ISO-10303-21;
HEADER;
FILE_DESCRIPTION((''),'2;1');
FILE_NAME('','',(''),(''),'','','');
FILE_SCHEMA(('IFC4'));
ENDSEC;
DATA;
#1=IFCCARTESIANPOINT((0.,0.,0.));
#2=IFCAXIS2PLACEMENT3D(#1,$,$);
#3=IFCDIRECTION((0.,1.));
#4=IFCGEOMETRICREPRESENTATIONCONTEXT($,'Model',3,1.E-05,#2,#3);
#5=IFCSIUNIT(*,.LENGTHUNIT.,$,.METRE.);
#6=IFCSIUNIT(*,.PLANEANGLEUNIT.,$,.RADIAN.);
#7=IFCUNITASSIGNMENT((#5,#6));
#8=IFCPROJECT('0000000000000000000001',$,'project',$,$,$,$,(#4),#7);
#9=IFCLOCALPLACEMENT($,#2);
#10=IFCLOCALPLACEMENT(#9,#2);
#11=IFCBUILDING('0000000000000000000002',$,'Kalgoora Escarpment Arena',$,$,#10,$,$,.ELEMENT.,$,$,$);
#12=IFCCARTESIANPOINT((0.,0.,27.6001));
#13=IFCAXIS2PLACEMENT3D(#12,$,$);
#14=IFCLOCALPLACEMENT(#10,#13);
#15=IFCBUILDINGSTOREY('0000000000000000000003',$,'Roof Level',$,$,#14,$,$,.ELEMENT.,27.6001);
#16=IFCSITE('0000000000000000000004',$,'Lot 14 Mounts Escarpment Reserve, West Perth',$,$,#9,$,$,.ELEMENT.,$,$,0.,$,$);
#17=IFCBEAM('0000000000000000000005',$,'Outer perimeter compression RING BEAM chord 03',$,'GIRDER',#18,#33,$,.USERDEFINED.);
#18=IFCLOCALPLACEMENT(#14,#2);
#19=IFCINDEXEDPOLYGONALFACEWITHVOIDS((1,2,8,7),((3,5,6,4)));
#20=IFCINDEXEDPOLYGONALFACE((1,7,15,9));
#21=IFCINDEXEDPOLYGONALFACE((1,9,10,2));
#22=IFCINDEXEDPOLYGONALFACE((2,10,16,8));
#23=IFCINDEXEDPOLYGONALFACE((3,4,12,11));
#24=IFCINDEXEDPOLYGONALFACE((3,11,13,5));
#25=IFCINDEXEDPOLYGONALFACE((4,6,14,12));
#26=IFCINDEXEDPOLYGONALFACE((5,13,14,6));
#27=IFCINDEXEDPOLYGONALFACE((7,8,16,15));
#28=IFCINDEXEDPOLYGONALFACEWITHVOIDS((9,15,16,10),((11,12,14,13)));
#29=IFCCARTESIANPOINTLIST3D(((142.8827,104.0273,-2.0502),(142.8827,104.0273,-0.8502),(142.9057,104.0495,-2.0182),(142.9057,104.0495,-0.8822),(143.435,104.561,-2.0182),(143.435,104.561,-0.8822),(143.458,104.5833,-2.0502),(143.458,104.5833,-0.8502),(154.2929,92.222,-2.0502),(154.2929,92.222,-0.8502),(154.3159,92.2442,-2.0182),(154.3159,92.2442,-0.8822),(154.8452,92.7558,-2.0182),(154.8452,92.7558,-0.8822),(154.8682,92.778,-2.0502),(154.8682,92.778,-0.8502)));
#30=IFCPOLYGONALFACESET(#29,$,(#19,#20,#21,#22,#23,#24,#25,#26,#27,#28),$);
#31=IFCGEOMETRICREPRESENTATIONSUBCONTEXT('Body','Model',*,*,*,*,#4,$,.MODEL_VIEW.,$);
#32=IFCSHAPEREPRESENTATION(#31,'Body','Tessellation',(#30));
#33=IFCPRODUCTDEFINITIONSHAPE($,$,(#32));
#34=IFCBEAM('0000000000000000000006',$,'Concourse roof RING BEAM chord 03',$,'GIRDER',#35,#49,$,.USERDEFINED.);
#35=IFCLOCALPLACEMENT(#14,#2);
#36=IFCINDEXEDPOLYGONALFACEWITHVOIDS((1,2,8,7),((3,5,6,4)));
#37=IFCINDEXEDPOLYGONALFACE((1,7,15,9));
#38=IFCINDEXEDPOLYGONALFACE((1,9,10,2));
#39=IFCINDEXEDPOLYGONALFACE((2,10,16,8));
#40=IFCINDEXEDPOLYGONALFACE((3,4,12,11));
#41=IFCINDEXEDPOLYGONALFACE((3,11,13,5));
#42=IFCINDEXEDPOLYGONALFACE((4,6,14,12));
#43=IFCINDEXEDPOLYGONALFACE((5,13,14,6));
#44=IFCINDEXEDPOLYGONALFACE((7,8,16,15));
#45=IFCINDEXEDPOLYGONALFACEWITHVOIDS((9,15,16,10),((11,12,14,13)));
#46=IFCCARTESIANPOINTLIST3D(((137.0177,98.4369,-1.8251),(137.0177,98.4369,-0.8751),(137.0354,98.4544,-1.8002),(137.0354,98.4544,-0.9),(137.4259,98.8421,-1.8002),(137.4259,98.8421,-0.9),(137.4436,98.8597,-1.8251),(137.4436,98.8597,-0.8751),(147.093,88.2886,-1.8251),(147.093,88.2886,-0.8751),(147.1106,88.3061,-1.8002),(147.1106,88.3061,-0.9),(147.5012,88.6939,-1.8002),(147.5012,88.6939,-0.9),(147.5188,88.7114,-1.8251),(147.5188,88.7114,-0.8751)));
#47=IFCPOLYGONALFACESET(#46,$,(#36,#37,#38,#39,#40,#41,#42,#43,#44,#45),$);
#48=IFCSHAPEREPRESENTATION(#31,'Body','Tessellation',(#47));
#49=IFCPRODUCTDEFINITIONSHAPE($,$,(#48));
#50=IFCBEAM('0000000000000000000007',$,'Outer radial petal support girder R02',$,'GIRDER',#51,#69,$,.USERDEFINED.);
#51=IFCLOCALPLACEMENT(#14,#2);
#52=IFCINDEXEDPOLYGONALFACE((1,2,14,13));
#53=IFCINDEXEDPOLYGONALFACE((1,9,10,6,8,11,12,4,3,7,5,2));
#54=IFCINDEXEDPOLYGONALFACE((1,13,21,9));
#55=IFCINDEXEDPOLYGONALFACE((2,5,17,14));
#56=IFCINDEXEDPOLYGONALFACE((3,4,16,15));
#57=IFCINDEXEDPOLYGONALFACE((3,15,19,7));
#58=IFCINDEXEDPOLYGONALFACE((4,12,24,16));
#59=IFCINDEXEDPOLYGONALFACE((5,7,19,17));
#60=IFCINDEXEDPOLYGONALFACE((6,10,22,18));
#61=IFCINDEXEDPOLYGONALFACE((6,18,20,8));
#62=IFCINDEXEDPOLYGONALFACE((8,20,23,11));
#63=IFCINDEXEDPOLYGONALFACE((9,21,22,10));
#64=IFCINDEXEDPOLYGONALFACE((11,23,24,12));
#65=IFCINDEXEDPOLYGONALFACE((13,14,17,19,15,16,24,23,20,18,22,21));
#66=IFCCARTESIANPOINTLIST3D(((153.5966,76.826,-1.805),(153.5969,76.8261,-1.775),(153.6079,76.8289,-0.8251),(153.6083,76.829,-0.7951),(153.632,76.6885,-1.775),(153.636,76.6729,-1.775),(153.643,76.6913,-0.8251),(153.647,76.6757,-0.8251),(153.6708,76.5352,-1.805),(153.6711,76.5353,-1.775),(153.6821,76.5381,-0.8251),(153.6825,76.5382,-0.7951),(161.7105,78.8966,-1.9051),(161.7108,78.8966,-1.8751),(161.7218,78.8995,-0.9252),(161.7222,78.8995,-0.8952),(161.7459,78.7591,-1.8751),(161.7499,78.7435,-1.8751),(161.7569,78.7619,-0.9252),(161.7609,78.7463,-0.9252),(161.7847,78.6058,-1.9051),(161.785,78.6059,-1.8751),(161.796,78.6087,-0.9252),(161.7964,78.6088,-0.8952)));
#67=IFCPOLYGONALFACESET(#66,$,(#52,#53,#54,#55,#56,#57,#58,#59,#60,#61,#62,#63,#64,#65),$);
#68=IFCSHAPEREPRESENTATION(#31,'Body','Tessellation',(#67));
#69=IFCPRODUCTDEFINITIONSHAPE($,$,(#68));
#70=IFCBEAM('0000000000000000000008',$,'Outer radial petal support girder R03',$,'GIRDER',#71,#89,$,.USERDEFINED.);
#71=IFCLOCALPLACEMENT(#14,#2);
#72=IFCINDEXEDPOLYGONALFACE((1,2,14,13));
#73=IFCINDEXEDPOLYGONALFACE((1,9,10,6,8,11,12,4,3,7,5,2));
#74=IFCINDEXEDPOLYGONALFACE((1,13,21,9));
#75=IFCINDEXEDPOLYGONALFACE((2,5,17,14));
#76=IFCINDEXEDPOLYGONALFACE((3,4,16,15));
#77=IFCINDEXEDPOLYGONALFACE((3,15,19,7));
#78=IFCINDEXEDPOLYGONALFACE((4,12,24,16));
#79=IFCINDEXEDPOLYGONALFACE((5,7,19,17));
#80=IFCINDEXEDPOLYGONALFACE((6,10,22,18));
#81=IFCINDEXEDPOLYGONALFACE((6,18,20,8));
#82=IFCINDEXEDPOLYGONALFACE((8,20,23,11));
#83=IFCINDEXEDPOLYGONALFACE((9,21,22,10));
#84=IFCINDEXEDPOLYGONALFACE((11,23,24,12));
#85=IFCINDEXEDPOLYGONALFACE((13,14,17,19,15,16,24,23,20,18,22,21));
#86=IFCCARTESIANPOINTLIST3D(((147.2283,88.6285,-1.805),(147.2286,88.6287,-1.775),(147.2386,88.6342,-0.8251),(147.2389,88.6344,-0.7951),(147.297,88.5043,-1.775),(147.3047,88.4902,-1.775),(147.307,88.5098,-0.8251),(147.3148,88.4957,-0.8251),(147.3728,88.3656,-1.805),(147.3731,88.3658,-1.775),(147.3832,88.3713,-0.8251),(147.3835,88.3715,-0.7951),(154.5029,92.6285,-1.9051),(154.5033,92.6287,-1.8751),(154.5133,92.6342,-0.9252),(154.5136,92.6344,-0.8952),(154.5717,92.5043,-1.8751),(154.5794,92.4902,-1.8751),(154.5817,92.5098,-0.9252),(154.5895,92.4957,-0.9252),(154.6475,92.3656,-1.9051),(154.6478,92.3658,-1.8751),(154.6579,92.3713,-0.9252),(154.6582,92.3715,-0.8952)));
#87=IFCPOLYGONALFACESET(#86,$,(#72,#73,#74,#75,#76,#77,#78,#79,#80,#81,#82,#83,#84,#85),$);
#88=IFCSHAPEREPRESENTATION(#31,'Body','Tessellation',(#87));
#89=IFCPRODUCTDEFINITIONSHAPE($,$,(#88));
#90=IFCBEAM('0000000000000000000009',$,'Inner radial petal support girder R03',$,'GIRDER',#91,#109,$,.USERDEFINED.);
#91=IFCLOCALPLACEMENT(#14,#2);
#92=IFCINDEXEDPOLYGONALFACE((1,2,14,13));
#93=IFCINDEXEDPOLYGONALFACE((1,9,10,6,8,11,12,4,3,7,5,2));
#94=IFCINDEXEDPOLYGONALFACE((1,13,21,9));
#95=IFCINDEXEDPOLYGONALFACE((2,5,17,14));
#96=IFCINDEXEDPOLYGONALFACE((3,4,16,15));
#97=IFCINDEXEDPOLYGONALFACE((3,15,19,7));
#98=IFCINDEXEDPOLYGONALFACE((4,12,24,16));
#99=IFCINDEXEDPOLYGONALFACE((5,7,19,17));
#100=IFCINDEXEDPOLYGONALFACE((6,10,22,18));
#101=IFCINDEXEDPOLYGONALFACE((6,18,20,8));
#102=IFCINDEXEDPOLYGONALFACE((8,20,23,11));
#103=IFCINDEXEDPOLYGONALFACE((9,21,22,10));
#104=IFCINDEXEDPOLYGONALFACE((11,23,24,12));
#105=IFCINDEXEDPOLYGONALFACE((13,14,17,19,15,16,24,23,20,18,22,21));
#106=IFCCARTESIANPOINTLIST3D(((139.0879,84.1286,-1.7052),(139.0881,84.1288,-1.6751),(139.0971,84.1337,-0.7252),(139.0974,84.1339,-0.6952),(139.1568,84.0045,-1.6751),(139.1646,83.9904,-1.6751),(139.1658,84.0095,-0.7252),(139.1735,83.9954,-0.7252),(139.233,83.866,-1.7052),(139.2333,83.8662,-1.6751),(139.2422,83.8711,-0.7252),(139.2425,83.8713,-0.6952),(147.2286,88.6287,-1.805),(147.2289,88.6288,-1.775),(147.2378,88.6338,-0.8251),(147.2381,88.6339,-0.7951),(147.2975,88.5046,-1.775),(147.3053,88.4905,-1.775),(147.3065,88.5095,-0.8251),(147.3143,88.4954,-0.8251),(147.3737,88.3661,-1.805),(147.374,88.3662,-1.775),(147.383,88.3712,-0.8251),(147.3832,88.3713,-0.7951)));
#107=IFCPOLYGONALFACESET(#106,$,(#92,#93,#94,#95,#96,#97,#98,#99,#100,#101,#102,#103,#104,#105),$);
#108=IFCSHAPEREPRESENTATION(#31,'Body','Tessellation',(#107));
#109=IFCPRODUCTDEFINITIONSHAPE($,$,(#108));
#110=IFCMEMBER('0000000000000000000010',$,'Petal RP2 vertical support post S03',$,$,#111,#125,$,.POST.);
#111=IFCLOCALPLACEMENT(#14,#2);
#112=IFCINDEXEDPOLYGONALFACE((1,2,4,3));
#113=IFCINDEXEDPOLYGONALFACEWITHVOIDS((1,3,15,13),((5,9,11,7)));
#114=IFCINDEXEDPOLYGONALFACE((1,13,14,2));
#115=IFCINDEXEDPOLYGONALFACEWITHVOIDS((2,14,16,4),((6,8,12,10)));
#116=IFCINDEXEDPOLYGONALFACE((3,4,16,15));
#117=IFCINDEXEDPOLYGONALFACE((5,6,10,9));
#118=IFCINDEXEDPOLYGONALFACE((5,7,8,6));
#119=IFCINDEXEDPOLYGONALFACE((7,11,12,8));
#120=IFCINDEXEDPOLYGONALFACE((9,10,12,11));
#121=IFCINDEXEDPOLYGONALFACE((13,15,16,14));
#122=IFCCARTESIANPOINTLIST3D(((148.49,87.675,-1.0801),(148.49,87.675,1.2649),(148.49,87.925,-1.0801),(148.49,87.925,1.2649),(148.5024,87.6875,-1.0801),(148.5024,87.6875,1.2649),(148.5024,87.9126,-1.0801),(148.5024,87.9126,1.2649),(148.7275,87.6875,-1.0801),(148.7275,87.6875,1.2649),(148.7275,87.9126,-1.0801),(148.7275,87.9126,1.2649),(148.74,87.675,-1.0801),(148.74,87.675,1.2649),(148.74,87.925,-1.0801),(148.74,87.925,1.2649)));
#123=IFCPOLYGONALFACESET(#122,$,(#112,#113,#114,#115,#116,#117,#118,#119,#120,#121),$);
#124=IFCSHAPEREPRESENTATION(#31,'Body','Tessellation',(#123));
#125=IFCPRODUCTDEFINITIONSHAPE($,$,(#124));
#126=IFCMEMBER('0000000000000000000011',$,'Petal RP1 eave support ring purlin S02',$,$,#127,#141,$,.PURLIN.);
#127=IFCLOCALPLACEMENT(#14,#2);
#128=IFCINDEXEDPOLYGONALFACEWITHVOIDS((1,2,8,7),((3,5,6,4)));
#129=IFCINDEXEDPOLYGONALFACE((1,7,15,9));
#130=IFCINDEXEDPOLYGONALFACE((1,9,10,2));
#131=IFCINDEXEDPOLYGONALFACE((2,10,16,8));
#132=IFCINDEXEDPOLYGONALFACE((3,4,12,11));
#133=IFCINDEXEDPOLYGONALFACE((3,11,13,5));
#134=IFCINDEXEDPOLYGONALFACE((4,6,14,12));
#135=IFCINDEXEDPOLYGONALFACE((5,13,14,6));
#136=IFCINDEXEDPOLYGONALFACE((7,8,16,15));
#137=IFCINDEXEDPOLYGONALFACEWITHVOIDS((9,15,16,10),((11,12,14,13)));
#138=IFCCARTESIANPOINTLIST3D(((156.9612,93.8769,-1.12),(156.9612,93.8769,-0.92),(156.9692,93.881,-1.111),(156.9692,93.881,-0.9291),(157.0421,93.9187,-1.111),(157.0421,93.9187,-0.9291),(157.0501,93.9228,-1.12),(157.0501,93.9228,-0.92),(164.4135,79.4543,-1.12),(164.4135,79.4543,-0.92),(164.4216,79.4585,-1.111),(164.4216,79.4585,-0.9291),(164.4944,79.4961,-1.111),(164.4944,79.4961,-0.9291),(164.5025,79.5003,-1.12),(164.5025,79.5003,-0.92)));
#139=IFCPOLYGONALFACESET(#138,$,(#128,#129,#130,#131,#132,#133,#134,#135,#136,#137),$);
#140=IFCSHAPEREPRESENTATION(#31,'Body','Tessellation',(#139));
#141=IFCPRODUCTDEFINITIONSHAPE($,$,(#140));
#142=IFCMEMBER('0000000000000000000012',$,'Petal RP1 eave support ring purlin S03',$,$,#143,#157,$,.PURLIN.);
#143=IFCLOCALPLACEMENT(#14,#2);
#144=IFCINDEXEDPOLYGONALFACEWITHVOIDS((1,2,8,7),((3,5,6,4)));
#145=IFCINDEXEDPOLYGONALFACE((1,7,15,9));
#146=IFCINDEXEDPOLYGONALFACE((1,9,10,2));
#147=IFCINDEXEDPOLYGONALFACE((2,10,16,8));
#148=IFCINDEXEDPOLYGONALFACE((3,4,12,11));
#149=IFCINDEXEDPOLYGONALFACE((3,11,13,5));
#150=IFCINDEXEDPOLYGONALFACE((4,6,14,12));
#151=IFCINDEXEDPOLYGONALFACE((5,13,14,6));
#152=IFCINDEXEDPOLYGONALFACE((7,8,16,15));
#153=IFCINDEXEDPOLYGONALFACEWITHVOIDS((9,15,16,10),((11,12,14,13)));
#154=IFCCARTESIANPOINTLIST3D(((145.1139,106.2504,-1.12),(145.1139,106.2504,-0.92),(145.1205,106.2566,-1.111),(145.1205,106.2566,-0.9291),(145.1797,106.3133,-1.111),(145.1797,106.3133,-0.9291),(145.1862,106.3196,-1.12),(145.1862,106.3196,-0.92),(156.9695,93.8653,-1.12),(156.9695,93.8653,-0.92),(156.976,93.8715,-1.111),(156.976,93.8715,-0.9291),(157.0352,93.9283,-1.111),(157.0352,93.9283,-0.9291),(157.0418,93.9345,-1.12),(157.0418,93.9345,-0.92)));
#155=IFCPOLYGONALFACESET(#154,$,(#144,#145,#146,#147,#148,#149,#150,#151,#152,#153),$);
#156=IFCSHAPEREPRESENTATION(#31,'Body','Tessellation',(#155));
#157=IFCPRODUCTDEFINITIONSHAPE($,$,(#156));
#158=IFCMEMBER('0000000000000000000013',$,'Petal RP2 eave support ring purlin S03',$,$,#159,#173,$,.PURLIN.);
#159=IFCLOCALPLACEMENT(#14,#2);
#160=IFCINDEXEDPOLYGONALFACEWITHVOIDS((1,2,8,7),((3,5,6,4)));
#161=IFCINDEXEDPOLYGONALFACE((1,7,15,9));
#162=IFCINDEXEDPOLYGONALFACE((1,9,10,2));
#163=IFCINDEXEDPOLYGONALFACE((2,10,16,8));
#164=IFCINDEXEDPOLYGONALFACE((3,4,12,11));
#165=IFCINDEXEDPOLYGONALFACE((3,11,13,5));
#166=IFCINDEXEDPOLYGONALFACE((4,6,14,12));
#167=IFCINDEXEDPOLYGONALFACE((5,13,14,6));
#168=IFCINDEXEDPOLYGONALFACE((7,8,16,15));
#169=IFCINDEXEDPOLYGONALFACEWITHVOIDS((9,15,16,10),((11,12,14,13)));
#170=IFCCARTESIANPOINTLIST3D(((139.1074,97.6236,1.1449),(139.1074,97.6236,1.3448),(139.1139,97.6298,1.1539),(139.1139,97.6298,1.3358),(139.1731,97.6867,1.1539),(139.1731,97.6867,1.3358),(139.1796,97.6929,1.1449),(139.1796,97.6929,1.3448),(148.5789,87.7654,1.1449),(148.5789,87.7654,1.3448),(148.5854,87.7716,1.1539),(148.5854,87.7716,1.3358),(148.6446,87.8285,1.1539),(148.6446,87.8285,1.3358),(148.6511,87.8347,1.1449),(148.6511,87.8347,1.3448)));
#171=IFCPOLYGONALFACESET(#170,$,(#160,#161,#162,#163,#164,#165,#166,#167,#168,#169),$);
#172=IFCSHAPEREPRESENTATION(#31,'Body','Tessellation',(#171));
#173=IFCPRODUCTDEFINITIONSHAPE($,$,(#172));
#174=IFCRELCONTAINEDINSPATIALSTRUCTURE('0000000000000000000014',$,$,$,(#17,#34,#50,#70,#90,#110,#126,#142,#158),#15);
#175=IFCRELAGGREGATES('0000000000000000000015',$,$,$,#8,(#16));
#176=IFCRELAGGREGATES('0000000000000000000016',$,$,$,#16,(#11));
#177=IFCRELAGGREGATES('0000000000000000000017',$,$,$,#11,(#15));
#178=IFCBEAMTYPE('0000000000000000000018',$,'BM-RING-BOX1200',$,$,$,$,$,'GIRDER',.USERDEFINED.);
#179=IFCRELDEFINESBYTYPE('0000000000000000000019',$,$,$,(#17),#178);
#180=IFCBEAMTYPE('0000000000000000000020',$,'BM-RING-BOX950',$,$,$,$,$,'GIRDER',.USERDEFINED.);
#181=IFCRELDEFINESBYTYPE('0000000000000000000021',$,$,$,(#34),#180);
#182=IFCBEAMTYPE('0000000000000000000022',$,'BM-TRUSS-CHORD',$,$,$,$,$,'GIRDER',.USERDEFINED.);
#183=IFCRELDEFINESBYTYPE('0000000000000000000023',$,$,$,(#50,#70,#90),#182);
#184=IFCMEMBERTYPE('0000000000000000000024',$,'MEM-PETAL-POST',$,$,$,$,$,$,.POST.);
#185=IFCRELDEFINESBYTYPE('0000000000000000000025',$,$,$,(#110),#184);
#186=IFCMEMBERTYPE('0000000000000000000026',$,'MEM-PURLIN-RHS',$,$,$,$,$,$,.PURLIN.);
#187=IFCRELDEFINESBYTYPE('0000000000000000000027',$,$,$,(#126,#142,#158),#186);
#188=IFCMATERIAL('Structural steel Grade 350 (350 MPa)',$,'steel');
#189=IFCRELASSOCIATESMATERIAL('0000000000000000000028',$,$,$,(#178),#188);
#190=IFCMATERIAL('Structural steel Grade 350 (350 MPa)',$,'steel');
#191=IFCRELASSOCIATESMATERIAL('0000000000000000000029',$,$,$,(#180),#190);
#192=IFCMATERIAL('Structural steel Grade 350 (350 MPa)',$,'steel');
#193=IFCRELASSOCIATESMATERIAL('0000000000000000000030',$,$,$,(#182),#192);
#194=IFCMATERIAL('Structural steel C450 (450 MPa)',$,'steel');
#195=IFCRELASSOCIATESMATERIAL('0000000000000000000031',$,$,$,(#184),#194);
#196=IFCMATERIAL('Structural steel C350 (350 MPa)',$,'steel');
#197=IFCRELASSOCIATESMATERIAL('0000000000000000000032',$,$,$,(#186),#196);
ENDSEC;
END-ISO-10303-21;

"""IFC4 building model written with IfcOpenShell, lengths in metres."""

from ifc_helpers import new_model, si_unit, direction, frame, origin, origin_2d, place, context, subcontext, project, spatial, hollow_rectangle, i_section, extrude, material, material_profile, profile_set, type_object, element, save


model = new_model("IFC4")

# Units and contexts
model_context = context("Model", 3, precision=1e-05, world=origin(), true_north=direction((0.0, 1.0)))
body_context = subcontext(model_context, "Body", "Model", "MODEL_VIEW")
ifc_project = project(units=[si_unit("LENGTHUNIT", "METRE"), si_unit("PLANEANGLEUNIT", "RADIAN")], contexts=[model_context])

# Site, building, storey
site_placement = place(None, origin())
site = spatial("IfcSite", under=ifc_project, at=site_placement, Name="Lot 14 Mounts Escarpment Reserve, West Perth", CompositionType="ELEMENT", RefElevation=0.0)
building_placement = place(site_placement, origin())
building = spatial("IfcBuilding", under=site, at=building_placement, Name="Kalgoora Escarpment Arena", CompositionType="ELEMENT")
storey_placement = place(building_placement, frame((0.0, 0.0, 27.6001)))
storey = spatial("IfcBuildingStorey", under=building, at=storey_placement, Name="Roof Level", CompositionType="ELEMENT", Elevation=27.6001)

# Beams
ifc_material_1 = material(Name="Structural steel Grade 350 (350 MPa)", Category="steel")
ifc_material_profile_1 = material_profile(ifc_material_1, hollow_rectangle(XDim=0.8, YDim=1.2, WallThickness=0.032, at=origin_2d()))
ifc_profile_set_1 = profile_set([ifc_material_profile_1], Name="Structural steel Grade 350 (350 MPa)")
beam_type_1 = type_object("IfcBeamType", Name="BM-RING-BOX1200", ElementType="GIRDER", PredefinedType="USERDEFINED", material=ifc_profile_set_1)
beam_1_placement = place(storey_placement, frame((154.5806, 92.5, -1.4502), z_axis=(-0.694974, 0.719034, 0.0), x_axis=(-0.719034, -0.694974, 0.0)))
element("IfcBeam", 1, at=beam_1_placement, inside=storey, type_object=beam_type_1, Name="Outer perimeter compression RING BEAM chord 03", ObjectType="GIRDER", PredefinedType="USERDEFINED", context=body_context, shape_type="SweptSolid", body=[
    extrude(hollow_rectangle(XDim=0.8, YDim=1.2, WallThickness=0.032, at=origin_2d()), origin(), (0.0, 0.0, 1.0), 16.4182),
])
ifc_material_2 = material(Name="Structural steel Grade 350 (350 MPa)", Category="steel")
ifc_material_profile_2 = material_profile(ifc_material_2, hollow_rectangle(XDim=0.6001, YDim=0.95, WallThickness=0.0249, at=origin_2d()))
ifc_profile_set_2 = profile_set([ifc_material_profile_2], Name="Structural steel Grade 350 (350 MPa)")
beam_type_2 = type_object("IfcBeamType", Name="BM-RING-BOX950", ElementType="GIRDER", PredefinedType="USERDEFINED", material=ifc_profile_set_2)
beam_2_placement = place(storey_placement, frame((147.3059, 88.5, -1.3501), z_axis=(-0.70455, 0.709655, 0.0), x_axis=(-0.709655, -0.70455, 0.0)))
element("IfcBeam", 2, at=beam_2_placement, inside=storey, type_object=beam_type_2, Name="Concourse roof RING BEAM chord 03", ObjectType="GIRDER", PredefinedType="USERDEFINED", context=body_context, shape_type="SweptSolid", body=[
    extrude(hollow_rectangle(XDim=0.6001, YDim=0.95, WallThickness=0.0249, at=origin_2d()), origin(), (0.0, 0.0, 1.0), 14.3003),
])
ifc_material_3 = material(Name="Structural steel Grade 350 (350 MPa)", Category="steel")
ifc_material_profile_3 = material_profile(ifc_material_3, i_section(OverallWidth=0.3, OverallDepth=1.01, WebThickness=0.0161, FlangeThickness=0.03, at=origin_2d()))
ifc_profile_set_3 = profile_set([ifc_material_profile_3], Name="Structural steel Grade 350 (350 MPa)")
beam_type_3 = type_object("IfcBeamType", Name="BM-TRUSS-CHORD", ElementType="GIRDER", PredefinedType="USERDEFINED", material=ifc_profile_set_3)
beam_3_placement = place(storey_placement, frame((161.7534, 78.7527, -1.4001), z_axis=(-0.968878, -0.247249, 0.011953), x_axis=(0.247266, -0.968948, 0.0)))
element("IfcBeam", 3, at=beam_3_placement, inside=storey, type_object=beam_type_3, Name="Outer radial petal support girder R02", ObjectType="GIRDER", PredefinedType="USERDEFINED", context=body_context, shape_type="SweptSolid", body=[
    extrude(i_section(OverallWidth=0.3, OverallDepth=1.01, WebThickness=0.0161, FlangeThickness=0.03, at=origin_2d()), origin(), (0.0, 0.0, 1.0), 8.3745),
])
beam_4_placement = place(storey_placement, frame((154.5806, 92.5, -1.4001), z_axis=(-0.876206, -0.481786, 0.012056), x_axis=(0.481821, -0.87627, 0.0)))
element("IfcBeam", 4, at=beam_4_placement, inside=storey, type_object=beam_type_3, Name="Outer radial petal support girder R03", ObjectType="GIRDER", PredefinedType="USERDEFINED", context=body_context, shape_type="SweptSolid", body=[
    extrude(i_section(OverallWidth=0.3, OverallDepth=1.01, WebThickness=0.0161, FlangeThickness=0.03, at=origin_2d()), origin(), (0.0, 0.0, 1.0), 8.3025),
])
beam_5_placement = place(storey_placement, frame((147.3059, 88.5, -1.3), z_axis=(-0.875135, -0.48376, 0.010734), x_axis=(0.483788, -0.875185, 0.0)))
element("IfcBeam", 5, at=beam_5_placement, inside=storey, type_object=beam_type_3, Name="Inner radial petal support girder R03", ObjectType="GIRDER", PredefinedType="USERDEFINED", context=body_context, shape_type="SweptSolid", body=[
    extrude(i_section(OverallWidth=0.3, OverallDepth=1.01, WebThickness=0.0161, FlangeThickness=0.03, at=origin_2d()), origin(), (0.0, 0.0, 1.0), 9.3022),
])

# Members
ifc_material_4 = material(Name="Structural steel C450 (450 MPa)", Category="steel")
ifc_material_profile_4 = material_profile(ifc_material_4, hollow_rectangle(XDim=0.25, YDim=0.25, WallThickness=0.0125, at=origin_2d()))
ifc_profile_set_4 = profile_set([ifc_material_profile_4], Name="Structural steel C450 (450 MPa)")
member_type_1 = type_object("IfcMemberType", Name="MEM-PETAL-POST", PredefinedType="POST", material=ifc_profile_set_4)
member_1_placement = place(storey_placement, frame((148.615, 87.8, -1.0801), z_axis=(0.0, 0.0, 1.0), x_axis=(1.0, 0.0, 0.0)))
element("IfcMember", 6, at=member_1_placement, inside=storey, type_object=member_type_1, Name="Petal RP2 vertical support post S03", PredefinedType="POST", context=body_context, shape_type="SweptSolid", body=[
    extrude(hollow_rectangle(XDim=0.25, YDim=0.25, WallThickness=0.0125, at=origin_2d()), origin(), (0.0, 0.0, 1.0), 2.345),
])
ifc_material_5 = material(Name="Structural steel C350 (350 MPa)", Category="steel")
ifc_material_profile_5 = material_profile(ifc_material_5, hollow_rectangle(XDim=0.1001, YDim=0.2, WallThickness=0.009, at=origin_2d()))
ifc_profile_set_5 = profile_set([ifc_material_profile_5], Name="Structural steel C350 (350 MPa)")
member_type_2 = type_object("IfcMemberType", Name="MEM-PURLIN-RHS", PredefinedType="PURLIN", material=ifc_profile_set_5)
member_2_placement = place(storey_placement, frame((164.458, 79.4773, -1.02), z_axis=(-0.459055, 0.888408, 0.0), x_axis=(-0.888408, -0.459055, 0.0)))
element("IfcMember", 7, at=member_2_placement, inside=storey, type_object=member_type_2, Name="Petal RP1 eave support ring purlin S02", PredefinedType="PURLIN", context=body_context, shape_type="SweptSolid", body=[
    extrude(hollow_rectangle(XDim=0.1001, YDim=0.2, WallThickness=0.009, at=origin_2d()), origin(), (0.0, 0.0, 1.0), 16.2341),
])
member_3_placement = place(storey_placement, frame((157.0056, 93.8999, -1.02), z_axis=(-0.691495, 0.722381, 0.0), x_axis=(-0.722381, -0.691495, 0.0)))
element("IfcMember", 8, at=member_3_placement, inside=storey, type_object=member_type_2, Name="Petal RP1 eave support ring purlin S03", PredefinedType="PURLIN", context=body_context, shape_type="SweptSolid", body=[
    extrude(hollow_rectangle(XDim=0.1001, YDim=0.2, WallThickness=0.009, at=origin_2d()), origin(), (0.0, 0.0, 1.0), 17.1448),
])
member_4_placement = place(storey_placement, frame((148.615, 87.8, 1.2449), z_axis=(-0.692821, 0.721109, 0.0), x_axis=(-0.721109, -0.692821, 0.0)))
element("IfcMember", 9, at=member_4_placement, inside=storey, type_object=member_type_2, Name="Petal RP2 eave support ring purlin S03", PredefinedType="PURLIN", context=body_context, shape_type="SweptSolid", body=[
    extrude(hollow_rectangle(XDim=0.1001, YDim=0.2, WallThickness=0.009, at=origin_2d()), origin(), (0.0, 0.0, 1.0), 13.6709),
])

save(model, "model.ifc")
